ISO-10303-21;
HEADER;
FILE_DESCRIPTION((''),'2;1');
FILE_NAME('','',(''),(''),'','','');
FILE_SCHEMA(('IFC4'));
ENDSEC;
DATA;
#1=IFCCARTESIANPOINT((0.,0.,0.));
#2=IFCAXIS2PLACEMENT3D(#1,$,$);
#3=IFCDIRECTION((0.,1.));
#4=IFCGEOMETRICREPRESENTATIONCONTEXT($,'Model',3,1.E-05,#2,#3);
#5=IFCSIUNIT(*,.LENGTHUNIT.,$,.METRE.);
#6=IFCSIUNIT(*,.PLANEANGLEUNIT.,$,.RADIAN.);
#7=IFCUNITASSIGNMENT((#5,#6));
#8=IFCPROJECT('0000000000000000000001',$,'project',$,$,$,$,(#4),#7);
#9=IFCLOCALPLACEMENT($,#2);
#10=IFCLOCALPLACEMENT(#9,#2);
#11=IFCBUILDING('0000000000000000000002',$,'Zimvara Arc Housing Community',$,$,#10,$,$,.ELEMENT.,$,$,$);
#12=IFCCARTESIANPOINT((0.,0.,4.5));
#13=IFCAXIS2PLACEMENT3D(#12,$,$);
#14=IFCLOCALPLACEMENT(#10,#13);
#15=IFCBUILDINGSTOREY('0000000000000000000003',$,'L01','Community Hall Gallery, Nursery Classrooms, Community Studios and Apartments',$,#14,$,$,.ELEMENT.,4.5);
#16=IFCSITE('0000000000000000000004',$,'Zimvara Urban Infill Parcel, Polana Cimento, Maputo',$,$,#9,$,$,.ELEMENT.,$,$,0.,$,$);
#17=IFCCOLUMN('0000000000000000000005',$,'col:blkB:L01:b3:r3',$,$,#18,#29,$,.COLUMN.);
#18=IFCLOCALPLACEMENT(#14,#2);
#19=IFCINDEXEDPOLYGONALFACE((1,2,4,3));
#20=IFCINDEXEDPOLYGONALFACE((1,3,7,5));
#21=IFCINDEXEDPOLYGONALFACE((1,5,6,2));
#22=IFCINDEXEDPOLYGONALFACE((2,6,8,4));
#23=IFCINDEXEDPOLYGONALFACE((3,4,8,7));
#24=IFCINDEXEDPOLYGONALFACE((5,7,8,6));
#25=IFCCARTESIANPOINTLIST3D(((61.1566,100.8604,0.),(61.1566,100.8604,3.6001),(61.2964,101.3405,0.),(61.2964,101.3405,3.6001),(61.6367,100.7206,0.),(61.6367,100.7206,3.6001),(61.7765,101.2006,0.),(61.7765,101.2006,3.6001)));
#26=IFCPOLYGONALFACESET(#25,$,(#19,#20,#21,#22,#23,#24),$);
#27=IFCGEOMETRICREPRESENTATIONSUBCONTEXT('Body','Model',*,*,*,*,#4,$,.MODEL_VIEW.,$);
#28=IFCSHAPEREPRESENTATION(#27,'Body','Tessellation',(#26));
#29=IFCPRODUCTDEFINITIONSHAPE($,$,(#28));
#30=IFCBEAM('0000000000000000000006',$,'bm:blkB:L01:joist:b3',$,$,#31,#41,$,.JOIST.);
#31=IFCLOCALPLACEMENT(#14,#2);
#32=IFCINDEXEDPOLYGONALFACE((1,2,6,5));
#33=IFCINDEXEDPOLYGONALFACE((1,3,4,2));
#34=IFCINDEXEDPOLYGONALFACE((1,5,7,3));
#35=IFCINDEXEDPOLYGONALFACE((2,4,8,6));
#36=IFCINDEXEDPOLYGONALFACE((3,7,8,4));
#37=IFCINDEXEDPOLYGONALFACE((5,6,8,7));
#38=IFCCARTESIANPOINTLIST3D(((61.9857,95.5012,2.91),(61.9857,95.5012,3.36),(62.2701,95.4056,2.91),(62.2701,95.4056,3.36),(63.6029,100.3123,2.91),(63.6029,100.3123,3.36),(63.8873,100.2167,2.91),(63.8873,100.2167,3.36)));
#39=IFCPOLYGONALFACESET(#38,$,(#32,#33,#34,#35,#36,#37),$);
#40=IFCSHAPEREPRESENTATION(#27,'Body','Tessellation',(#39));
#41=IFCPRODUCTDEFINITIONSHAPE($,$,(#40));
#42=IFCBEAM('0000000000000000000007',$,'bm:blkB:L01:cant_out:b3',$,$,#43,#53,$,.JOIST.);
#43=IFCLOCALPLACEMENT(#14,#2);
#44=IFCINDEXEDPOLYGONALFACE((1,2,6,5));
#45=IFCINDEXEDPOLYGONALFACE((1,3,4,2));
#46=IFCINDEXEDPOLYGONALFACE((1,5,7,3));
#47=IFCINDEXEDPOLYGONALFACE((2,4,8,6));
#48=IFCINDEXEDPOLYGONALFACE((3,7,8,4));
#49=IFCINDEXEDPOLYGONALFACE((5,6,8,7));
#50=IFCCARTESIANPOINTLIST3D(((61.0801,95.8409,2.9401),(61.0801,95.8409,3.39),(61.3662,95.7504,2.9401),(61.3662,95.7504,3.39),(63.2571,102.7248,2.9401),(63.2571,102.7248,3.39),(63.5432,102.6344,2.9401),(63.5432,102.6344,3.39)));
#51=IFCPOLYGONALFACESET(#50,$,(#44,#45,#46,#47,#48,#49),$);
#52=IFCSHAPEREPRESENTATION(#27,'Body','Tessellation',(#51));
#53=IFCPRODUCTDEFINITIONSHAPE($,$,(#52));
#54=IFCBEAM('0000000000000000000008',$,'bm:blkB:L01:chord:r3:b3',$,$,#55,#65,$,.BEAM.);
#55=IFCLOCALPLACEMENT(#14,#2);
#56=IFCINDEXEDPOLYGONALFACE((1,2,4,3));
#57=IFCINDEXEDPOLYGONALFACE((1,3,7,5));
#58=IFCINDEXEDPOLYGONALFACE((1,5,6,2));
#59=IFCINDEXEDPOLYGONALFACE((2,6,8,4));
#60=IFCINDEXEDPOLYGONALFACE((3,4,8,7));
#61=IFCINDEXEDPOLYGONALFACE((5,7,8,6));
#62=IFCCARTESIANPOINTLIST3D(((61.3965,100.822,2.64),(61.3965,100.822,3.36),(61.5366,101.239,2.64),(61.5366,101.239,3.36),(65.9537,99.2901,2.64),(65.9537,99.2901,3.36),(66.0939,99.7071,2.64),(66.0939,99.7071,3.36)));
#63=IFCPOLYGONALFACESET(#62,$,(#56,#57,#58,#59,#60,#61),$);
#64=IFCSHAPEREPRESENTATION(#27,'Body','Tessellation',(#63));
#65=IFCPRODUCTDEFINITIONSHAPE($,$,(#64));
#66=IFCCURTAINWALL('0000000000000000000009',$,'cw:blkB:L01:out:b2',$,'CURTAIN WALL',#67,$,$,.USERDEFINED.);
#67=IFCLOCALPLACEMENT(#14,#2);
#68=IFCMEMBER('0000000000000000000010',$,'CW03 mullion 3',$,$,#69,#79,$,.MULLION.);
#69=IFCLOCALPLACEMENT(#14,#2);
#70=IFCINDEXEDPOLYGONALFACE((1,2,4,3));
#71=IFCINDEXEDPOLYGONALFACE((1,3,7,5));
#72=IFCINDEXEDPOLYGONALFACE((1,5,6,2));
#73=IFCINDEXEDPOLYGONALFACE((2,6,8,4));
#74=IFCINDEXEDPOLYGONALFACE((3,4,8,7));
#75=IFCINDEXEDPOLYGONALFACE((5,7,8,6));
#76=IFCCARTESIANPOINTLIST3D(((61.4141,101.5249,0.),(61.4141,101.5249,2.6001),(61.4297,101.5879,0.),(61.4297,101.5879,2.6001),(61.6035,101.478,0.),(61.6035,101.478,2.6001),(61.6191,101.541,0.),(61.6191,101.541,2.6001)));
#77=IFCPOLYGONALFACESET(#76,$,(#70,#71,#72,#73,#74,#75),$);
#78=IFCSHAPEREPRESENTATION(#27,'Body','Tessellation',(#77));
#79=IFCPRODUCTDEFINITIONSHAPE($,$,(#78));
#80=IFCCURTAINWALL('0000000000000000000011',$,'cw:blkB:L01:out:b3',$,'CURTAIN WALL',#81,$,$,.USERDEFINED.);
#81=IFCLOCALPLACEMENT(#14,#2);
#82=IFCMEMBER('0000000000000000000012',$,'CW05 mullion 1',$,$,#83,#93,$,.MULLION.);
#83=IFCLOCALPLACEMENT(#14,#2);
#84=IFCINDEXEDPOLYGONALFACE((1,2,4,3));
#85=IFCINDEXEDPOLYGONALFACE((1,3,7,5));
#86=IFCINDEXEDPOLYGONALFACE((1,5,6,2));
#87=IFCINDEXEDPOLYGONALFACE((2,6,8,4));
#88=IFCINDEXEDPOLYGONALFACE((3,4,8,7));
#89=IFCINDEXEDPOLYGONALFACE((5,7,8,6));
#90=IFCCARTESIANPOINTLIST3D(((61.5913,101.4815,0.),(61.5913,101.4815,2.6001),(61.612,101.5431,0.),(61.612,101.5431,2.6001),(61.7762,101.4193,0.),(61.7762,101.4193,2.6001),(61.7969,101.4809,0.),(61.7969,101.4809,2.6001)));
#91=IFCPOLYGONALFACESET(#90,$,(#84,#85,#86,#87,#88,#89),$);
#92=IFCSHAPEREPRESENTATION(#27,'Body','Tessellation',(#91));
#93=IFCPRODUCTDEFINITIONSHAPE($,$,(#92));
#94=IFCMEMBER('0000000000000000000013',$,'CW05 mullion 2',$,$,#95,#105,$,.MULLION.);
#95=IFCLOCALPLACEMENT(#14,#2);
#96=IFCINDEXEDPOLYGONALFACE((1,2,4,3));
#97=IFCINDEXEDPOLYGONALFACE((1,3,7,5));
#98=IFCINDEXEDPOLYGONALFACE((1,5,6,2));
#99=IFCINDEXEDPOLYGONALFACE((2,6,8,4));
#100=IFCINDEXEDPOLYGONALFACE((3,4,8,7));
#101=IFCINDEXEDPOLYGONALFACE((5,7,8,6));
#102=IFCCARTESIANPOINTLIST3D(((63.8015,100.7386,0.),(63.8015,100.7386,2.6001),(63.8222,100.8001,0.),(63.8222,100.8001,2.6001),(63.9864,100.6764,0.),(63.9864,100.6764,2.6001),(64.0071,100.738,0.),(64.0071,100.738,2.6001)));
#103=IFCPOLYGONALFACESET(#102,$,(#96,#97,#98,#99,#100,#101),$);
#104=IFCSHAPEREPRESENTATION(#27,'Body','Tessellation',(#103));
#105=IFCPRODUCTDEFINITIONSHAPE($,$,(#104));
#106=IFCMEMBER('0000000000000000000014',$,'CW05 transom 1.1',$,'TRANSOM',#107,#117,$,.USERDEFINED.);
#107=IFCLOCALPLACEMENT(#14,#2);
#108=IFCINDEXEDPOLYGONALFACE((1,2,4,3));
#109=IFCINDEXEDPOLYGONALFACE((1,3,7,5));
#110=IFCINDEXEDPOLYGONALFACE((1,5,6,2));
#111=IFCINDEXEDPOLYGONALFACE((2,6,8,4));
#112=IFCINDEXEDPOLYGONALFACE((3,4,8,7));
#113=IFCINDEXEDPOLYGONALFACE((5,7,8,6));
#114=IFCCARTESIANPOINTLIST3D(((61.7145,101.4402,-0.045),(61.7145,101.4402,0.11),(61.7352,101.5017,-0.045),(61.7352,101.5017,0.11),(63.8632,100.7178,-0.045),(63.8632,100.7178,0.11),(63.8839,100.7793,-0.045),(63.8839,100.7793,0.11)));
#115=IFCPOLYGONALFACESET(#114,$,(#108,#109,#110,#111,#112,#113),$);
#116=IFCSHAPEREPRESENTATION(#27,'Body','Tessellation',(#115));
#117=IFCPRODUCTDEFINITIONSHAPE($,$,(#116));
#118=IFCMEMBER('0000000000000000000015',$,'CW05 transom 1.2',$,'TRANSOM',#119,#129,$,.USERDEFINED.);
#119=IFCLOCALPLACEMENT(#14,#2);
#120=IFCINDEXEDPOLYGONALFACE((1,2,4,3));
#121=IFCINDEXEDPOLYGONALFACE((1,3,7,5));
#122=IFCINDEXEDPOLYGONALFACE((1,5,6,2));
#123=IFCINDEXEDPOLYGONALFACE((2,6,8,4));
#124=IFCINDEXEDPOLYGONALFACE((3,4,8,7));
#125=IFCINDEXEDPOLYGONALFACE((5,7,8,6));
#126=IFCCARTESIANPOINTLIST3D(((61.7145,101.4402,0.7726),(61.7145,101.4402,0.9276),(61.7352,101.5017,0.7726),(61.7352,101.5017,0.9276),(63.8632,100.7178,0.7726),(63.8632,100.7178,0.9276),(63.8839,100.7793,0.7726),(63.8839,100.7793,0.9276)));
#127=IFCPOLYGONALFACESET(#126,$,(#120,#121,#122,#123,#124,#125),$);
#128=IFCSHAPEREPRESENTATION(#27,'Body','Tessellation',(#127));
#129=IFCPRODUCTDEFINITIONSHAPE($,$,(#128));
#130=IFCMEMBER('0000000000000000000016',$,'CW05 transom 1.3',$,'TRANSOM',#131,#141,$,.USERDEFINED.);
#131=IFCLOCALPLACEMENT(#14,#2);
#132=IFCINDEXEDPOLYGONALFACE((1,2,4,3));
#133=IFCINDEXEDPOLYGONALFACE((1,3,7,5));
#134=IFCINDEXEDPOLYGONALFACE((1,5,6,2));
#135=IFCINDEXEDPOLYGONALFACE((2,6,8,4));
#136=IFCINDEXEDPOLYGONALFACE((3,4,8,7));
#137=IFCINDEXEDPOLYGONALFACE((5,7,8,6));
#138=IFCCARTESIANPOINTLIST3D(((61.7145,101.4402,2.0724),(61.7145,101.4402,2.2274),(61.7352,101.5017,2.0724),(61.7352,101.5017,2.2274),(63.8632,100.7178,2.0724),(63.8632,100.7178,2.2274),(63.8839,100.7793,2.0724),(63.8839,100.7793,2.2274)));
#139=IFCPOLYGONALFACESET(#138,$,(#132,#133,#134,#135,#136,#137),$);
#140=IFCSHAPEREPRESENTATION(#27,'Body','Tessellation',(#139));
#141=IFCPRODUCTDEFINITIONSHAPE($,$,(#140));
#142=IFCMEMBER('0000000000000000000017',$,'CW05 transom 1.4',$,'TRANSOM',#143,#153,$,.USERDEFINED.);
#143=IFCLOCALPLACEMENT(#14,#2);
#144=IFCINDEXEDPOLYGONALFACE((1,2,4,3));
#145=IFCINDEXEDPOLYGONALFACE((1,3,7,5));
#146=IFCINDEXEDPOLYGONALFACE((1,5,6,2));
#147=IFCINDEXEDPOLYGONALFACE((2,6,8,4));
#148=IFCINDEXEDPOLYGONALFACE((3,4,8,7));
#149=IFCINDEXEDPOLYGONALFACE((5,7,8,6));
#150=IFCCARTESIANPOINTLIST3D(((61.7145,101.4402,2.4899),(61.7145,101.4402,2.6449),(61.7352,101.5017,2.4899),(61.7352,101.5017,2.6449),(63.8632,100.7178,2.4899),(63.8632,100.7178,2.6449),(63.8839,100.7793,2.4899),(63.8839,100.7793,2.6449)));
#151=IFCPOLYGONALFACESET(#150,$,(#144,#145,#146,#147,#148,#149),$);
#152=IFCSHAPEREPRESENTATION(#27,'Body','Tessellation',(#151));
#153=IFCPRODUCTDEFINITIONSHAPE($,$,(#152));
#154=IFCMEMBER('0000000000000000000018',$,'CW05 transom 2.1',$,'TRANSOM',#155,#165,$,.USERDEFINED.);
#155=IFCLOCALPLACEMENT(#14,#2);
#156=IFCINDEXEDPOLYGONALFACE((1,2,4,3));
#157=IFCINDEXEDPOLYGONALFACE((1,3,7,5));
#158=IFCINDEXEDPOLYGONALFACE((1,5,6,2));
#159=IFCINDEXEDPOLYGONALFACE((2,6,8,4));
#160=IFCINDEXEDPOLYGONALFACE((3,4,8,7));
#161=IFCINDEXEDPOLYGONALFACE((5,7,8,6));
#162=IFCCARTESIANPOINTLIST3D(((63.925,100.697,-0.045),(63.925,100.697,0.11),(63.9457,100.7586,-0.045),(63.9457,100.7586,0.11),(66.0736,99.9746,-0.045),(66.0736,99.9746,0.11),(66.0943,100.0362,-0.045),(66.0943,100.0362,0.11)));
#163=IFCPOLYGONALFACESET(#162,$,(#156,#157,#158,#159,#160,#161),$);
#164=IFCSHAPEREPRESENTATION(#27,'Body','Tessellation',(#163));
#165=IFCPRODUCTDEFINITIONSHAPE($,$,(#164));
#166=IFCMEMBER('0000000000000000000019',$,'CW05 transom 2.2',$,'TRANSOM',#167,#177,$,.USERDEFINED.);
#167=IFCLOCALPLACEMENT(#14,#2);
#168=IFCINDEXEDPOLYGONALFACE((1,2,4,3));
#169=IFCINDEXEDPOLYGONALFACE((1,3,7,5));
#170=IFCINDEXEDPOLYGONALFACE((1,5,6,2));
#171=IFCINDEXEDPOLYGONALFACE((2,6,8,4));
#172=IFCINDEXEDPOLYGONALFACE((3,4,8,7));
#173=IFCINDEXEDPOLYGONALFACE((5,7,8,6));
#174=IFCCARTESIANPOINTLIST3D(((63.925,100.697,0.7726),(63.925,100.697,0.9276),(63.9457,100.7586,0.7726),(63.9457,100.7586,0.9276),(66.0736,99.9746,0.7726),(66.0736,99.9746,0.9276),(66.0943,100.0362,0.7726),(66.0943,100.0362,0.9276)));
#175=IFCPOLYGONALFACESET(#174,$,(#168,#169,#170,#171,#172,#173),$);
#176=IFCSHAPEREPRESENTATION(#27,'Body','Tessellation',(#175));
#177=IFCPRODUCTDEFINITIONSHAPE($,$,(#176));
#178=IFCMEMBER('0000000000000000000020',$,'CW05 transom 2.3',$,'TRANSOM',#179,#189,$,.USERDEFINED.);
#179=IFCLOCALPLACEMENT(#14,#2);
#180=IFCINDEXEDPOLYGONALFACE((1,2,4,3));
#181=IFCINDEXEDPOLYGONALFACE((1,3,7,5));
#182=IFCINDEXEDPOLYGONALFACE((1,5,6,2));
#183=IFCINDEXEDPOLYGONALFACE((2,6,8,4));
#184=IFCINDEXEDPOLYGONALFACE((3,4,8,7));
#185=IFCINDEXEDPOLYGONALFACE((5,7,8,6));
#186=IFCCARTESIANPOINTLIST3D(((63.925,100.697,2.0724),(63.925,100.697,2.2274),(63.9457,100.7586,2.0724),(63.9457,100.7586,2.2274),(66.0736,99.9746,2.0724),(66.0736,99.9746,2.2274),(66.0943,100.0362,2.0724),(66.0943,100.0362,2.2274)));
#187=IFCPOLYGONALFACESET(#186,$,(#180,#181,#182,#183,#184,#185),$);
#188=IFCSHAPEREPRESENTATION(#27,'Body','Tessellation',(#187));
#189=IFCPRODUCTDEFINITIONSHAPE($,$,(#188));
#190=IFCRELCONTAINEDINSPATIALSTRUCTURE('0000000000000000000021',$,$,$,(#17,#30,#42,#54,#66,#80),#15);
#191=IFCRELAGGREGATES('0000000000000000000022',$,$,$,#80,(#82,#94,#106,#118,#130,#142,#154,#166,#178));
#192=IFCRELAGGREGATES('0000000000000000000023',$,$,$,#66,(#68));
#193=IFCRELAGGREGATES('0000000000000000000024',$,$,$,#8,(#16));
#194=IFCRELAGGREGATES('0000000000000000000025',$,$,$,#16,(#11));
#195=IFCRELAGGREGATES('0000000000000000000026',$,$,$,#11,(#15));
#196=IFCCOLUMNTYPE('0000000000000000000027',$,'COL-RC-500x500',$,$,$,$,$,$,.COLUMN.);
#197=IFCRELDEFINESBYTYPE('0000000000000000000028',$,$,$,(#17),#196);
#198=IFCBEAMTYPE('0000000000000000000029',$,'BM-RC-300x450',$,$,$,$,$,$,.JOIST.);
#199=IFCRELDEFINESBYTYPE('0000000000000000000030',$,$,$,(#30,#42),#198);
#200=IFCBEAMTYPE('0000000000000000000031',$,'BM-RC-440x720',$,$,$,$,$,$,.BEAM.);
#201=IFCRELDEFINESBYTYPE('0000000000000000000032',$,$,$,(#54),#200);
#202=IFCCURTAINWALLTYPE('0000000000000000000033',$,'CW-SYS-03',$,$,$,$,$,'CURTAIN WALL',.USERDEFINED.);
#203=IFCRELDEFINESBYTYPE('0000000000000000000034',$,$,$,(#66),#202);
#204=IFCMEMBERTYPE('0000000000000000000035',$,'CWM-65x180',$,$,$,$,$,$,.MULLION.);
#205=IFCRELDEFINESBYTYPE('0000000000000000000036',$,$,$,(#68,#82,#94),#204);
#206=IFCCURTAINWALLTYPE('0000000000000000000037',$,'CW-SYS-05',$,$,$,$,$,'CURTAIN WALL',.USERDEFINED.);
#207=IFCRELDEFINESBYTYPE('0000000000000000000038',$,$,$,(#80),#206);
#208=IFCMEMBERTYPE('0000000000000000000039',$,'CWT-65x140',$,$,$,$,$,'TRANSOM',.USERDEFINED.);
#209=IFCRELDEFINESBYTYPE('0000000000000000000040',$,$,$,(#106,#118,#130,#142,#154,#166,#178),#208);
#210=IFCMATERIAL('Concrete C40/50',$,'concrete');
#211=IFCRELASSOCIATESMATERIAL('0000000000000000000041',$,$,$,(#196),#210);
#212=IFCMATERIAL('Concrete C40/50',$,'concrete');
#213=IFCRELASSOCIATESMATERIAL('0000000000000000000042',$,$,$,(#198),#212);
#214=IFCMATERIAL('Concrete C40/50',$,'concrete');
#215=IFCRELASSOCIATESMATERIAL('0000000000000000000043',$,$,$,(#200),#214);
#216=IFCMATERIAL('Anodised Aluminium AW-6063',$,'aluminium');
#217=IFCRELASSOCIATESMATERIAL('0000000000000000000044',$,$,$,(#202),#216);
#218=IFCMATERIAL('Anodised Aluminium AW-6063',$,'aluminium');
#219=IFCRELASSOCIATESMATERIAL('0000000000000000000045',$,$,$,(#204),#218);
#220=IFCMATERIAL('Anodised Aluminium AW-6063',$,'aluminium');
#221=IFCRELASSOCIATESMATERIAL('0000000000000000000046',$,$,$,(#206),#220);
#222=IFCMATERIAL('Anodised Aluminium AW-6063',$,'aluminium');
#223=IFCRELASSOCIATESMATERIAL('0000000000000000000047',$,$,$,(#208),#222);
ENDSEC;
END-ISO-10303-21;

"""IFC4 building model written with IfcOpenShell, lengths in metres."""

from ifc_helpers import new_model, si_unit, direction, frame, origin, origin_2d, place, context, subcontext, project, spatial, rectangle, extrude, material, material_profile, profile_set, type_object, element, aggregate, save


model = new_model("IFC4")

# Units and contexts
model_context = context("Model", 3, precision=1e-05, world=origin(), true_north=direction((0.0, 1.0)))
body_context = subcontext(model_context, "Body", "Model", "MODEL_VIEW")
ifc_project = project(units=[si_unit("LENGTHUNIT", "METRE"), si_unit("PLANEANGLEUNIT", "RADIAN")], contexts=[model_context])

# Site, building, storey
site_placement = place(None, origin())
site = spatial("IfcSite", under=ifc_project, at=site_placement, Name="Zimvara Urban Infill Parcel, Polana Cimento, Maputo", CompositionType="ELEMENT", RefElevation=0.0)
building_placement = place(site_placement, origin())
building = spatial("IfcBuilding", under=site, at=building_placement, Name="Zimvara Arc Housing Community", CompositionType="ELEMENT")
storey_placement = place(building_placement, frame((0.0, 0.0, 4.5)))
storey = spatial("IfcBuildingStorey", under=building, at=storey_placement, Name="L01", Description="Community Hall Gallery, Nursery Classrooms, Community Studios and Apartments", CompositionType="ELEMENT", Elevation=4.5)

# Column
ifc_material_1 = material(Name="Concrete C40/50", Category="concrete")
ifc_material_profile_1 = material_profile(ifc_material_1, rectangle(XDim=0.5, YDim=0.5, at=origin_2d()), Name="RC 500x500")
ifc_profile_set_1 = profile_set([ifc_material_profile_1], Name="Concrete C40/50")
column_type = type_object("IfcColumnType", Name="COL-RC-500x500", PredefinedType="COLUMN", material=ifc_profile_set_1)
column_placement = place(storey_placement, frame((61.4666, 101.0305, 0.0), z_axis=(0.0, 0.0, 1.0), x_axis=(0.279661, 0.960099, 0.0)))
element("IfcColumn", 1, at=column_placement, inside=storey, type_object=column_type, Name="col:blkB:L01:b3:r3", PredefinedType="COLUMN", context=body_context, shape_type="SweptSolid", body=[
    extrude(rectangle(XDim=0.5, YDim=0.5, at=origin_2d()), origin(), (0.0, 0.0, 1.0), 3.6001),
])

# Beams
ifc_material_2 = material(Name="Concrete C40/50", Category="concrete")
ifc_material_profile_2 = material_profile(ifc_material_2, rectangle(XDim=0.3, YDim=0.45, at=origin_2d()), Name="RC 300x450")
ifc_profile_set_2 = profile_set([ifc_material_profile_2], Name="Concrete C40/50")
beam_type_1 = type_object("IfcBeamType", Name="BM-RC-300x450", PredefinedType="JOIST", material=ifc_profile_set_2)
beam_1_placement = place(storey_placement, frame((62.1279, 95.4534, 3.135), z_axis=(0.318608, 0.947887, 0.0), x_axis=(-0.947887, 0.318608, 0.0)))
element("IfcBeam", 2, at=beam_1_placement, inside=storey, type_object=beam_type_1, Name="bm:blkB:L01:joist:b3", PredefinedType="JOIST", context=body_context, shape_type="SweptSolid", body=[
    extrude(rectangle(XDim=0.3, YDim=0.45, at=origin_2d()), origin(), (0.0, 0.0, 1.0), 5.0757),
])
beam_2_placement = place(storey_placement, frame((61.2231, 95.7957, 3.165), z_axis=(0.301521, 0.953459, 0.0), x_axis=(-0.953459, 0.301521, 0.0)))
element("IfcBeam", 3, at=beam_2_placement, inside=storey, type_object=beam_type_1, Name="bm:blkB:L01:cant_out:b3", PredefinedType="JOIST", context=body_context, shape_type="SweptSolid", body=[
    extrude(rectangle(XDim=0.3, YDim=0.45, at=origin_2d()), origin(), (0.0, 0.0, 1.0), 7.22),
])
ifc_material_3 = material(Name="Concrete C40/50", Category="concrete")
ifc_material_profile_3 = material_profile(ifc_material_3, rectangle(XDim=0.4399, YDim=0.72, at=origin_2d()), Name="RC 440x720")
ifc_profile_set_3 = profile_set([ifc_material_profile_3], Name="Concrete C40/50")
beam_type_2 = type_object("IfcBeamType", Name="BM-RC-440x720", PredefinedType="BEAM", material=ifc_profile_set_3)
beam_3_placement = place(storey_placement, frame((61.4666, 101.0305, 3.0), z_axis=(0.947878, -0.318634, 0.0), x_axis=(0.318634, 0.947878, 0.0)))
element("IfcBeam", 4, at=beam_3_placement, inside=storey, type_object=beam_type_2, Name="bm:blkB:L01:chord:r3:b3", PredefinedType="BEAM", context=body_context, shape_type="SweptSolid", body=[
    extrude(rectangle(XDim=0.4399, YDim=0.72, at=origin_2d()), origin(), (0.0, 0.0, 1.0), 4.8079),
])

# Curtain wall, member
ifc_material_4 = material(Name="Anodised Aluminium AW-6063", Category="aluminium")
curtain_wall_type_1 = type_object("IfcCurtainWallType", Name="CW-SYS-03", ElementType="CURTAIN WALL", PredefinedType="USERDEFINED", material=ifc_material_4)
curtain_wall_1_placement = place(storey_placement, origin())
curtain_wall_1 = element("IfcCurtainWall", 5, at=curtain_wall_1_placement, inside=storey, type_object=curtain_wall_type_1, Name="cw:blkB:L01:out:b2", ObjectType="CURTAIN WALL", PredefinedType="USERDEFINED")
ifc_material_5 = material(Name="Anodised Aluminium AW-6063", Category="aluminium")
ifc_material_profile_4 = material_profile(ifc_material_5, rectangle(XDim=0.0649, YDim=0.1951, at=origin_2d()), Name="ALU 65x195")
ifc_profile_set_4 = profile_set([ifc_material_profile_4], Name="Anodised Aluminium AW-6063")
member_type_1 = type_object("IfcMemberType", Name="CWM-65x180", PredefinedType="MULLION", material=ifc_profile_set_4)
member_1_placement = place(storey_placement, frame((61.5166, 101.533, 0.0), z_axis=(0.0, 0.0, 1.0), x_axis=(0.24023, 0.970716, 0.0)))
member_1 = element("IfcMember", 6, at=member_1_placement, type_object=member_type_1, Name="CW03 mullion 3", PredefinedType="MULLION", context=body_context, shape_type="SweptSolid", body=[
    extrude(rectangle(XDim=0.0649, YDim=0.1951, at=origin_2d()), origin(), (0.0, 0.0, 1.0), 2.6001),
])

# Curtain wall, members
ifc_material_6 = material(Name="Anodised Aluminium AW-6063", Category="aluminium")
curtain_wall_type_2 = type_object("IfcCurtainWallType", Name="CW-SYS-05", ElementType="CURTAIN WALL", PredefinedType="USERDEFINED", material=ifc_material_6)
curtain_wall_2_placement = place(storey_placement, origin())
curtain_wall_2 = element("IfcCurtainWall", 7, at=curtain_wall_2_placement, inside=storey, type_object=curtain_wall_type_2, Name="cw:blkB:L01:out:b3", ObjectType="CURTAIN WALL", PredefinedType="USERDEFINED")
member_2_placement = place(storey_placement, frame((61.6941, 101.4812, 0.0), z_axis=(0.0, 0.0, 1.0), x_axis=(0.318629, 0.94788, 0.0)))
member_2 = element("IfcMember", 8, at=member_2_placement, type_object=member_type_1, Name="CW05 mullion 1", PredefinedType="MULLION", context=body_context, shape_type="SweptSolid", body=[
    extrude(rectangle(XDim=0.0649, YDim=0.1951, at=origin_2d()), origin(), (0.0, 0.0, 1.0), 2.6001),
])
member_3_placement = place(storey_placement, frame((63.9043, 100.7383, 0.0), z_axis=(0.0, 0.0, 1.0), x_axis=(0.318629, 0.94788, 0.0)))
member_3 = element("IfcMember", 9, at=member_3_placement, type_object=member_type_1, Name="CW05 mullion 2", PredefinedType="MULLION", context=body_context, shape_type="SweptSolid", body=[
    extrude(rectangle(XDim=0.0649, YDim=0.1951, at=origin_2d()), origin(), (0.0, 0.0, 1.0), 2.6001),
])
ifc_material_7 = material(Name="Anodised Aluminium AW-6063", Category="aluminium")
ifc_material_profile_5 = material_profile(ifc_material_7, rectangle(XDim=0.0649, YDim=0.155, at=origin_2d()), Name="ALU 65x155")
ifc_profile_set_5 = profile_set([ifc_material_profile_5], Name="Anodised Aluminium AW-6063")
member_type_2 = type_object("IfcMemberType", Name="CWT-65x140", ElementType="TRANSOM", PredefinedType="USERDEFINED", material=ifc_profile_set_5)
member_4_placement = place(storey_placement, frame((61.7249, 101.4709, 0.0325), z_axis=(0.947862, -0.318682, 0.0), x_axis=(0.318682, 0.947862, 0.0)))
member_4 = element("IfcMember", 10, at=member_4_placement, type_object=member_type_2, Name="CW05 transom 1.1", ObjectType="TRANSOM", PredefinedType="USERDEFINED", context=body_context, shape_type="SweptSolid", body=[
    extrude(rectangle(XDim=0.0649, YDim=0.155, at=origin_2d()), origin(), (0.0, 0.0, 1.0), 2.2668),
])
member_5_placement = place(storey_placement, frame((61.7249, 101.4709, 0.8501), z_axis=(0.947862, -0.318682, 0.0), x_axis=(0.318682, 0.947862, 0.0)))
member_5 = element("IfcMember", 11, at=member_5_placement, type_object=member_type_2, Name="CW05 transom 1.2", ObjectType="TRANSOM", PredefinedType="USERDEFINED", context=body_context, shape_type="SweptSolid", body=[
    extrude(rectangle(XDim=0.0649, YDim=0.155, at=origin_2d()), origin(), (0.0, 0.0, 1.0), 2.2668),
])
member_6_placement = place(storey_placement, frame((61.7249, 101.4709, 2.1499), z_axis=(0.947862, -0.318682, 0.0), x_axis=(0.318682, 0.947862, 0.0)))
member_6 = element("IfcMember", 12, at=member_6_placement, type_object=member_type_2, Name="CW05 transom 1.3", ObjectType="TRANSOM", PredefinedType="USERDEFINED", context=body_context, shape_type="SweptSolid", body=[
    extrude(rectangle(XDim=0.0649, YDim=0.155, at=origin_2d()), origin(), (0.0, 0.0, 1.0), 2.2668),
])
member_7_placement = place(storey_placement, frame((61.7249, 101.4709, 2.5674), z_axis=(0.947862, -0.318682, 0.0), x_axis=(0.318682, 0.947862, 0.0)))
member_7 = element("IfcMember", 13, at=member_7_placement, type_object=member_type_2, Name="CW05 transom 1.4", ObjectType="TRANSOM", PredefinedType="USERDEFINED", context=body_context, shape_type="SweptSolid", body=[
    extrude(rectangle(XDim=0.0649, YDim=0.155, at=origin_2d()), origin(), (0.0, 0.0, 1.0), 2.2668),
])
member_8_placement = place(storey_placement, frame((63.9353, 100.7278, 0.0325), z_axis=(0.947862, -0.318682, 0.0), x_axis=(0.318682, 0.947862, 0.0)))
member_8 = element("IfcMember", 14, at=member_8_placement, type_object=member_type_2, Name="CW05 transom 2.1", ObjectType="TRANSOM", PredefinedType="USERDEFINED", context=body_context, shape_type="SweptSolid", body=[
    extrude(rectangle(XDim=0.0649, YDim=0.155, at=origin_2d()), origin(), (0.0, 0.0, 1.0), 2.2668),
])
member_9_placement = place(storey_placement, frame((63.9353, 100.7278, 0.8501), z_axis=(0.947862, -0.318682, 0.0), x_axis=(0.318682, 0.947862, 0.0)))
member_9 = element("IfcMember", 15, at=member_9_placement, type_object=member_type_2, Name="CW05 transom 2.2", ObjectType="TRANSOM", PredefinedType="USERDEFINED", context=body_context, shape_type="SweptSolid", body=[
    extrude(rectangle(XDim=0.0649, YDim=0.155, at=origin_2d()), origin(), (0.0, 0.0, 1.0), 2.2668),
])
member_10_placement = place(storey_placement, frame((63.9353, 100.7278, 2.1499), z_axis=(0.947862, -0.318682, 0.0), x_axis=(0.318682, 0.947862, 0.0)))
member_10 = element("IfcMember", 16, at=member_10_placement, type_object=member_type_2, Name="CW05 transom 2.3", ObjectType="TRANSOM", PredefinedType="USERDEFINED", context=body_context, shape_type="SweptSolid", body=[
    extrude(rectangle(XDim=0.0649, YDim=0.155, at=origin_2d()), origin(), (0.0, 0.0, 1.0), 2.2668),
])
aggregate(curtain_wall_2, [member_2, member_3, member_4, member_5, member_6, member_7, member_8, member_9, member_10])

aggregate(curtain_wall_1, [member_1])

save(model, "model.ifc")
